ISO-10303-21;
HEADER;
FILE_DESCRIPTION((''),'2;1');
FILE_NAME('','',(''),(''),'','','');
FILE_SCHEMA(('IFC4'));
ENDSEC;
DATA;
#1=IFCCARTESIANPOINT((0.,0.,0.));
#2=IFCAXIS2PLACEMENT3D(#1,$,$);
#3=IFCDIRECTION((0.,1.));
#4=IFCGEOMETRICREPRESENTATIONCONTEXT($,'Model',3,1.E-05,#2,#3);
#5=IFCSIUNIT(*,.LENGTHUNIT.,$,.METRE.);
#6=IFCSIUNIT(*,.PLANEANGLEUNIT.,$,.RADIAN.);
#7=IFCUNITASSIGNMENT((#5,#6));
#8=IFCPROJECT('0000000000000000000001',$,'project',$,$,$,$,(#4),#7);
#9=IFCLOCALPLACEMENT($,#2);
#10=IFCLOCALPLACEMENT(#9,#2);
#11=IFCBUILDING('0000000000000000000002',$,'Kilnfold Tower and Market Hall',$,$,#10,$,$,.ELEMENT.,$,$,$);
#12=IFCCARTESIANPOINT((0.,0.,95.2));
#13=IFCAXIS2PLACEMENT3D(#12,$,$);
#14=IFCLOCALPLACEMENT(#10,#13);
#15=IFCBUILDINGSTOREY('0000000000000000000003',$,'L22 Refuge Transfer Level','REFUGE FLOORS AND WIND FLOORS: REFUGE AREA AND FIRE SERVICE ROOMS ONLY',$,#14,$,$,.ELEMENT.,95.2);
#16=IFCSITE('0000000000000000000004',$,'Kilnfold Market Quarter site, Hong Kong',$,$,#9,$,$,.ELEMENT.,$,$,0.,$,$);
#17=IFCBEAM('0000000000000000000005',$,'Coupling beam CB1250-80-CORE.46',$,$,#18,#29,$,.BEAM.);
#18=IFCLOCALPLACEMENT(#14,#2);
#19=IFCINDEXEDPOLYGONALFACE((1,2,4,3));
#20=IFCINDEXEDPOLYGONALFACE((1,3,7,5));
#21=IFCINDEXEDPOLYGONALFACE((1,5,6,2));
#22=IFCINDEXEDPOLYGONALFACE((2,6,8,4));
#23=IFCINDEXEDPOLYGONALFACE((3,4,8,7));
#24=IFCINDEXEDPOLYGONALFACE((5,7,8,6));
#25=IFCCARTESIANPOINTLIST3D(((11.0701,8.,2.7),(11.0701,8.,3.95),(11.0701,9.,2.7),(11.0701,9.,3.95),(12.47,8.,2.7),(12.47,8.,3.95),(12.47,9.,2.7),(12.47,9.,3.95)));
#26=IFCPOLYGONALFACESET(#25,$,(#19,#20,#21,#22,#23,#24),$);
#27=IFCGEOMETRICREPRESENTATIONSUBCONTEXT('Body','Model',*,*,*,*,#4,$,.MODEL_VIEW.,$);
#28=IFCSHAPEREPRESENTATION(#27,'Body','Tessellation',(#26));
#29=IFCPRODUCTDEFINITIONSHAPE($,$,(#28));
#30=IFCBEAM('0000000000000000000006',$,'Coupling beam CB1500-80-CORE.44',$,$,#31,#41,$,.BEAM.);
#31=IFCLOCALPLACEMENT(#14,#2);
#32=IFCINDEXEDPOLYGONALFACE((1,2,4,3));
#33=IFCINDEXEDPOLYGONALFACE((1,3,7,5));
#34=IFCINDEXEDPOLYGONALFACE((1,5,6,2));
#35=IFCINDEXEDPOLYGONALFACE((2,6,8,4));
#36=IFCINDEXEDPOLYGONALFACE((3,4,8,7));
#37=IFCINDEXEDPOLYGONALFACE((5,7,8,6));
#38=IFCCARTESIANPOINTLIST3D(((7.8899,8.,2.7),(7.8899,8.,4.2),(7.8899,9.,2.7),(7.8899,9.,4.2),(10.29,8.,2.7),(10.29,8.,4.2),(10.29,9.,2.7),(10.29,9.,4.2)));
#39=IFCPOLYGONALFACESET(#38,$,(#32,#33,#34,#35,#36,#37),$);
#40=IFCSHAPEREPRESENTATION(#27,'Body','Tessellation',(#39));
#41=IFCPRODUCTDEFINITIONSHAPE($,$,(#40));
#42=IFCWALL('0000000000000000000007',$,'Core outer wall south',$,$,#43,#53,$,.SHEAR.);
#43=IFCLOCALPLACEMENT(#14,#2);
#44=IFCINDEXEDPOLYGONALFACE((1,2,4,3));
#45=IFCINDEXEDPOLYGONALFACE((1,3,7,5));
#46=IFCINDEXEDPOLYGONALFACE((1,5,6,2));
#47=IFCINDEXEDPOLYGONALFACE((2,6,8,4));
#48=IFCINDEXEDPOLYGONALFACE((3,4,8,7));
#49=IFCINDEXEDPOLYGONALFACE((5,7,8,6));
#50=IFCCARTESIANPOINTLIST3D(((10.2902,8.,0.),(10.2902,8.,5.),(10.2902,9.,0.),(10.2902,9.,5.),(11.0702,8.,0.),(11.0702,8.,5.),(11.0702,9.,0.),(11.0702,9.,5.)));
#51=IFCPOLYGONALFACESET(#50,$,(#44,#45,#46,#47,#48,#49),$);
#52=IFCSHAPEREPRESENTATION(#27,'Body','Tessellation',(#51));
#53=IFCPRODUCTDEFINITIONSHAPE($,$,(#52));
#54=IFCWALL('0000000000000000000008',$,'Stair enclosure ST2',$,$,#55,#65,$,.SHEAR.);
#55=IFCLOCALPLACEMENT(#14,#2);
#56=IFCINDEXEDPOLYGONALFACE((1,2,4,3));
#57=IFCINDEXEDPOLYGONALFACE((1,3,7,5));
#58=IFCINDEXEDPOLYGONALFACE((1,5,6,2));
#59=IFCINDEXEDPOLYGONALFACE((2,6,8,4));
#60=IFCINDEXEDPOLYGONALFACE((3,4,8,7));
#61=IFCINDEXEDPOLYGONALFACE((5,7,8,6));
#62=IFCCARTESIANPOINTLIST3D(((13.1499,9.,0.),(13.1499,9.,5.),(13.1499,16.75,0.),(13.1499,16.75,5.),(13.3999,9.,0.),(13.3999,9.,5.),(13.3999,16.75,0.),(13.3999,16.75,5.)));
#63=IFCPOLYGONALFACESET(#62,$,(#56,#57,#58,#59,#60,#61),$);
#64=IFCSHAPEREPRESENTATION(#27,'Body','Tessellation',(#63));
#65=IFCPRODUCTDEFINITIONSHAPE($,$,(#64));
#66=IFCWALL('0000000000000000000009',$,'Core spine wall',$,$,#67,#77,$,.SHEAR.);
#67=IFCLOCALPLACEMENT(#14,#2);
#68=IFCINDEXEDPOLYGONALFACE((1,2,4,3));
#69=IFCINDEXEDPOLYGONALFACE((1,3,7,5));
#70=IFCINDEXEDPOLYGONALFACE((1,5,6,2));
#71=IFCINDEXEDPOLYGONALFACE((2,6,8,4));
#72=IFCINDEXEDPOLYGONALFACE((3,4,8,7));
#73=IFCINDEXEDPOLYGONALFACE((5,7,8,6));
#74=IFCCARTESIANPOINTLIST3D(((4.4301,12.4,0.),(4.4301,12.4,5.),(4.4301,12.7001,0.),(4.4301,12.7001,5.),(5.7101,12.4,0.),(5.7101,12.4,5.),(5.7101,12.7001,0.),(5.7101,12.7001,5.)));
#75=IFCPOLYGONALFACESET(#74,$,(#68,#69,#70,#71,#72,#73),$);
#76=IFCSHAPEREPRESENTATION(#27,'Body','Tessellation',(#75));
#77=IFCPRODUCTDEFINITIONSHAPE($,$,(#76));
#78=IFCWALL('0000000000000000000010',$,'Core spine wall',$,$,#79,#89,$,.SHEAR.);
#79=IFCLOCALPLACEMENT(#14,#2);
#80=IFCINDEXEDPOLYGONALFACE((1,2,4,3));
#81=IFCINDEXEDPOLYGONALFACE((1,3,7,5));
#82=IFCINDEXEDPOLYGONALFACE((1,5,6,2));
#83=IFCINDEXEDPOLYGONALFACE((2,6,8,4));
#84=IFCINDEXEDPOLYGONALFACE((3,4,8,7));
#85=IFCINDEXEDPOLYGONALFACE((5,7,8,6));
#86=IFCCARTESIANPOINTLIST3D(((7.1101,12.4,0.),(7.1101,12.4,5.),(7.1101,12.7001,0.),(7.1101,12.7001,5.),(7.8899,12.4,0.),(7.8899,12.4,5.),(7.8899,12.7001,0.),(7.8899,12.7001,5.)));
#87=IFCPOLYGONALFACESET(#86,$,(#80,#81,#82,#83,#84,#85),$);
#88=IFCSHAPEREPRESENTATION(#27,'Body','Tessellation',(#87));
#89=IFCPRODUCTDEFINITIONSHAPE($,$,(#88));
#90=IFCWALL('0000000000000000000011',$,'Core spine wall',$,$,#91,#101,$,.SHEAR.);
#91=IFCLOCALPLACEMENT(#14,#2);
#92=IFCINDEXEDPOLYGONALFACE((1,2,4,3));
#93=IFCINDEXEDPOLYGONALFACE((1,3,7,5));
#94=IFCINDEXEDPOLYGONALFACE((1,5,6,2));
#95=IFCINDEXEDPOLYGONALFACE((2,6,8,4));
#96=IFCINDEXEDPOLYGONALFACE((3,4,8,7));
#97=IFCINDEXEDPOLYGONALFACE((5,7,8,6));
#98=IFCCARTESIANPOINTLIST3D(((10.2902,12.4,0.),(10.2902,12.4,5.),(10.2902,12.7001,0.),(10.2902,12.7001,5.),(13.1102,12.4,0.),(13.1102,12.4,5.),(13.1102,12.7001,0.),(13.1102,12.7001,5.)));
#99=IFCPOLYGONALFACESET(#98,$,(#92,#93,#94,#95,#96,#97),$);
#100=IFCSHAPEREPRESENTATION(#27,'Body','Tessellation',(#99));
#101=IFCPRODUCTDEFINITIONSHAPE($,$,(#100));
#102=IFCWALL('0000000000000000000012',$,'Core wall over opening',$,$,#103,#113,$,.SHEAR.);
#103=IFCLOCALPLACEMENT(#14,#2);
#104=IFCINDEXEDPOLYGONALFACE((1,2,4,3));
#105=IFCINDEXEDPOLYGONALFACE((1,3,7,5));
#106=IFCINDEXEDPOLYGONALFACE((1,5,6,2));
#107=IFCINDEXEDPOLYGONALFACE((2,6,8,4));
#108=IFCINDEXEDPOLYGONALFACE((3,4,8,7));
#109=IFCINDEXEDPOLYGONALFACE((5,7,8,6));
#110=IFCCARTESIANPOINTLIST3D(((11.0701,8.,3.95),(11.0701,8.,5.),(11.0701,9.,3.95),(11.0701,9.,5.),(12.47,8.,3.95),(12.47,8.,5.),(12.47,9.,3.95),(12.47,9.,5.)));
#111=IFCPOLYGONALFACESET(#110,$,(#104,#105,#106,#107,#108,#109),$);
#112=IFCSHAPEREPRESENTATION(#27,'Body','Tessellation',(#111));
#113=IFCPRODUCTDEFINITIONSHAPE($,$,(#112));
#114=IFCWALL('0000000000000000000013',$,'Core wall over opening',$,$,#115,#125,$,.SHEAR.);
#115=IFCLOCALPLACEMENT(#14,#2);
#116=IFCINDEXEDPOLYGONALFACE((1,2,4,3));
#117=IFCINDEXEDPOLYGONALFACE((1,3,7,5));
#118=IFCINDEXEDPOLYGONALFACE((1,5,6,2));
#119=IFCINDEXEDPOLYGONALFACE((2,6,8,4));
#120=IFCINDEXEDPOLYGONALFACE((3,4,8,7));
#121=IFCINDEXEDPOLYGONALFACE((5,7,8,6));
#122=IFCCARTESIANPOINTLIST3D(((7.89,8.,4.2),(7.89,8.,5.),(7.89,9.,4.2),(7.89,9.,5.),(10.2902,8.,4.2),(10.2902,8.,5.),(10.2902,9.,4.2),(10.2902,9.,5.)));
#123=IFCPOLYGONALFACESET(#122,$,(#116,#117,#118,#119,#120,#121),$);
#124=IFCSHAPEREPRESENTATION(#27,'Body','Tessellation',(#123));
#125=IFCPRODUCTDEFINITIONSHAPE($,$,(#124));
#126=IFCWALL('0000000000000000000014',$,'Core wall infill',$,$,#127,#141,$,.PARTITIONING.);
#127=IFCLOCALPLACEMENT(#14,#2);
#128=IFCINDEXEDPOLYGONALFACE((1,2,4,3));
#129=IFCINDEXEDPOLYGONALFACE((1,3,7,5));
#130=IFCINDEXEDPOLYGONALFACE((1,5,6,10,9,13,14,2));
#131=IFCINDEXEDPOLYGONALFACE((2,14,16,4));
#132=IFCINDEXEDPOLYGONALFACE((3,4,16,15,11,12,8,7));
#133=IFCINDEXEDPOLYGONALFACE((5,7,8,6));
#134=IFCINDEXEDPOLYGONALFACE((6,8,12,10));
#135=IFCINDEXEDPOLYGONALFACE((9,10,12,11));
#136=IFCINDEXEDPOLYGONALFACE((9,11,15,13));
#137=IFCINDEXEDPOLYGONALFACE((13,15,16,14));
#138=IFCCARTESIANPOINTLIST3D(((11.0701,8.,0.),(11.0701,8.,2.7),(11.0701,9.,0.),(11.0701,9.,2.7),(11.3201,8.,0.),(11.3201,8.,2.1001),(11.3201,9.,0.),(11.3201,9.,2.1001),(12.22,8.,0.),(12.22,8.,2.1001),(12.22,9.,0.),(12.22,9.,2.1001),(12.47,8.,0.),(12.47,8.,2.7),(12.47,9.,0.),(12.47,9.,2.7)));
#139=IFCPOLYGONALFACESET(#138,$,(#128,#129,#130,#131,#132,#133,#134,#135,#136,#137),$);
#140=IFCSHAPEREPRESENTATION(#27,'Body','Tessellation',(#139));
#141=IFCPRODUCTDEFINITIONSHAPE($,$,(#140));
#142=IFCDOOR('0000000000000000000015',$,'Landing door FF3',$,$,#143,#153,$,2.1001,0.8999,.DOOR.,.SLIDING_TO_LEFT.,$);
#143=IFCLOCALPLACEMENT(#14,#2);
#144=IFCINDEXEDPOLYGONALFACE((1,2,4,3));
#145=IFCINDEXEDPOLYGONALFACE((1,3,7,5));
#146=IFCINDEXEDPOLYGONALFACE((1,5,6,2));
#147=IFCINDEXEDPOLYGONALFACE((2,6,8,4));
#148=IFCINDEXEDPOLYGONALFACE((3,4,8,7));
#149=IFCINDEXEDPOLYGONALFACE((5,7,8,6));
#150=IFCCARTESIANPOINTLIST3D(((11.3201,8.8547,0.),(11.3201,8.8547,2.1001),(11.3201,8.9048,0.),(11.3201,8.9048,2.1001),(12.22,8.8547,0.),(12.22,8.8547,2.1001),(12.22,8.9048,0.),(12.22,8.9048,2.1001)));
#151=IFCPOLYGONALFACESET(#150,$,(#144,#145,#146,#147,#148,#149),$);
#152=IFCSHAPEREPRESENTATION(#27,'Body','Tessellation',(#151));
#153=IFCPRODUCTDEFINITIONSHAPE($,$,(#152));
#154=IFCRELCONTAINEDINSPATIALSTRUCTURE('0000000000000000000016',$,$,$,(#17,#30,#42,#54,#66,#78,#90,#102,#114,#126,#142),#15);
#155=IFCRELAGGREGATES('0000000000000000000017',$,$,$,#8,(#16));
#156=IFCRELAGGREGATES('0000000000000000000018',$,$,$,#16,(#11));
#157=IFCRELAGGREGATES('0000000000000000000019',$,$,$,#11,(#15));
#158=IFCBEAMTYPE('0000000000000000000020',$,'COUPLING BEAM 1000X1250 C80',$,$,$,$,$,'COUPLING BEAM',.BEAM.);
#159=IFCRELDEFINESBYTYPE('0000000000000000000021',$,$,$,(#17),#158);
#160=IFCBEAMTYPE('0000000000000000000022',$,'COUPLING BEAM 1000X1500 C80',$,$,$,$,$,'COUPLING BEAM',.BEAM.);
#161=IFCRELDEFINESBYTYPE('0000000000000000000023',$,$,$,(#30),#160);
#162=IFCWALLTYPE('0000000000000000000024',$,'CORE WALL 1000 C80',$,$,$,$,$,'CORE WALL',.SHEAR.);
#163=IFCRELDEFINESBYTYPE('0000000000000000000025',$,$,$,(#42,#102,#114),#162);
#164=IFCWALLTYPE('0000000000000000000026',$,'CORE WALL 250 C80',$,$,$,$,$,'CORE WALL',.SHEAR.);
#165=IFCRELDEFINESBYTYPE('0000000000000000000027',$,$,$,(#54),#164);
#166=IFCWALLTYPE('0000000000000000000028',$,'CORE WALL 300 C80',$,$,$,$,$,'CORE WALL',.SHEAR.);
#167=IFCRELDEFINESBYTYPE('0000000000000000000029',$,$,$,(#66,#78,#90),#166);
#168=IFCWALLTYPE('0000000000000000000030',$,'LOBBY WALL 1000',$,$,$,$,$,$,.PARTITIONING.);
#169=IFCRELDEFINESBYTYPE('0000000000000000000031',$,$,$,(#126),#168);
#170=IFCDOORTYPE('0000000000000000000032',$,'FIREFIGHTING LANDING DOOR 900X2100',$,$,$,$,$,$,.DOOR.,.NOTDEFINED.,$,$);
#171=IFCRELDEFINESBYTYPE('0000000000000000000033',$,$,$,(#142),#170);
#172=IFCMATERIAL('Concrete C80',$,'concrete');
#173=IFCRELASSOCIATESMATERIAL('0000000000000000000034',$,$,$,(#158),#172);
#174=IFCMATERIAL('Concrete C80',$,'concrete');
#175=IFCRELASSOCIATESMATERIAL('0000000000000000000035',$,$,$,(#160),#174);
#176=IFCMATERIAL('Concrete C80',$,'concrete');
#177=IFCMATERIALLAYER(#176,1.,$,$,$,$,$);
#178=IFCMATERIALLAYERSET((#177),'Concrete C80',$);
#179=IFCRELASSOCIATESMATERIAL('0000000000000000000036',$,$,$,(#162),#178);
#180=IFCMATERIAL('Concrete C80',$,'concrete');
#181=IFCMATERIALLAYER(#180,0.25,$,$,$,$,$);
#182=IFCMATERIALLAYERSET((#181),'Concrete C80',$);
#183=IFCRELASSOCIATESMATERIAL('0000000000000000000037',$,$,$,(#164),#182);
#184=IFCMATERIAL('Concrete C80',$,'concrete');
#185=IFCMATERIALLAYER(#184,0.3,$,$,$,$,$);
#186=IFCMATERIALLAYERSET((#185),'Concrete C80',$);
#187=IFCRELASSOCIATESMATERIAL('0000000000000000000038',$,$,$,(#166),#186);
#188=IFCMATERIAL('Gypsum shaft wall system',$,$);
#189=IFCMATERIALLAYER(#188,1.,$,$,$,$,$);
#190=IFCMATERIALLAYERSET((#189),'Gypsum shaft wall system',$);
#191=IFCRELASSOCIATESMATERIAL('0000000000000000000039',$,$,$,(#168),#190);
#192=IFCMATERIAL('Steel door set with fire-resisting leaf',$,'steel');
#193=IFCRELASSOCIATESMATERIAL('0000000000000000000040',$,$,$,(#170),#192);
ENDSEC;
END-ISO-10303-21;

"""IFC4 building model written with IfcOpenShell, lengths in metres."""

from ifc_helpers import new_model, si_unit, direction, frame, frame_2d, origin, origin_2d, place, context, subcontext, project, spatial, rectangle, extrude, source, transform, mapped, material, layer, layer_set, material_profile, profile_set, type_object, element, fill, save


model = new_model("IFC4")

# Units and contexts
model_context = context("Model", 3, precision=1e-05, world=origin(), true_north=direction((0.0, 1.0)))
body_context = subcontext(model_context, "Body", "Model", "MODEL_VIEW")
ifc_project = project(units=[si_unit("LENGTHUNIT", "METRE"), si_unit("PLANEANGLEUNIT", "RADIAN")], contexts=[model_context])

# Site, building, storey
site_placement = place(None, origin())
site = spatial("IfcSite", under=ifc_project, at=site_placement, Name="Kilnfold Market Quarter site, Hong Kong", CompositionType="ELEMENT", RefElevation=0.0)
building_placement = place(site_placement, origin())
building = spatial("IfcBuilding", under=site, at=building_placement, Name="Kilnfold Tower and Market Hall", CompositionType="ELEMENT")
storey_placement = place(building_placement, frame((0.0, 0.0, 95.2)))
storey = spatial("IfcBuildingStorey", under=building, at=storey_placement, Name="L22 Refuge Transfer Level", Description="REFUGE FLOORS AND WIND FLOORS: REFUGE AREA AND FIRE SERVICE ROOMS ONLY", CompositionType="ELEMENT", Elevation=95.2)

# Beams
ifc_material_1 = material(Name="Concrete C80", Category="concrete")
ifc_material_profile_1 = material_profile(ifc_material_1, rectangle(XDim=1.0, YDim=1.25, at=origin_2d()), Name="RC 1000x1250")
ifc_profile_set_1 = profile_set([ifc_material_profile_1], Name="Concrete C80")
beam_type_1 = type_object("IfcBeamType", Name="COUPLING BEAM 1000X1250 C80", ElementType="COUPLING BEAM", PredefinedType="BEAM", material=ifc_profile_set_1)
shared_shape_1 = source(origin(), body_context, "Body", "SweptSolid", [
    extrude(rectangle(XDim=1.0, YDim=1.25, at=origin_2d()), origin(), (0.0, 0.0, 1.0), 1.3999),
])
beam_1_placement = place(storey_placement, frame((11.0701, 8.5, 3.325), z_axis=(1.0, 0.0, 0.0), x_axis=(0.0, 1.0, 0.0)))
element("IfcBeam", 1, at=beam_1_placement, inside=storey, type_object=beam_type_1, Name="Coupling beam CB1250-80-CORE.46", PredefinedType="BEAM", context=body_context, shape_type="MappedRepresentation", body=[
    mapped(shared_shape_1, transform((0.0, 0.0, 0.0))),
])
ifc_material_2 = material(Name="Concrete C80", Category="concrete")
ifc_material_profile_2 = material_profile(ifc_material_2, rectangle(XDim=1.0, YDim=1.5, at=origin_2d()), Name="RC 1000x1500")
ifc_profile_set_2 = profile_set([ifc_material_profile_2], Name="Concrete C80")
beam_type_2 = type_object("IfcBeamType", Name="COUPLING BEAM 1000X1500 C80", ElementType="COUPLING BEAM", PredefinedType="BEAM", material=ifc_profile_set_2)
shared_shape_2 = source(origin(), body_context, "Body", "SweptSolid", [
    extrude(rectangle(XDim=1.0, YDim=1.5, at=origin_2d()), origin(), (0.0, 0.0, 1.0), 2.4001),
])
beam_2_placement = place(storey_placement, frame((7.8899, 8.5, 3.45), z_axis=(1.0, 0.0, 0.0), x_axis=(0.0, 1.0, 0.0)))
element("IfcBeam", 2, at=beam_2_placement, inside=storey, type_object=beam_type_2, Name="Coupling beam CB1500-80-CORE.44", PredefinedType="BEAM", context=body_context, shape_type="MappedRepresentation", body=[
    mapped(shared_shape_2, transform((0.0, 0.0, 0.0))),
])

# Wall
ifc_material_3 = material(Name="Concrete C80", Category="concrete")
ifc_layer_1 = layer(ifc_material_3, 1.0)
ifc_layer_set_1 = layer_set([ifc_layer_1], Name="Concrete C80")
wall_type_1 = type_object("IfcWallType", Name="CORE WALL 1000 C80", ElementType="CORE WALL", PredefinedType="SHEAR", material=ifc_layer_set_1)
shared_shape_3 = source(origin(), body_context, "Body", "SweptSolid", [
    extrude(rectangle(XDim=0.78, YDim=1.0, at=frame_2d((0.3901, 0.0))), origin(), (0.0, 0.0, 1.0), 5.0),
])
wall_1_placement = place(storey_placement, frame((10.29, 8.5, 0.0), z_axis=(0.0, 0.0, 1.0), x_axis=(1.0, 0.0, 0.0)))
element("IfcWall", 3, at=wall_1_placement, inside=storey, type_object=wall_type_1, Name="Core outer wall south", PredefinedType="SHEAR", context=body_context, shape_type="MappedRepresentation", body=[
    mapped(shared_shape_3, transform((0.0, 0.0, 0.0))),
])

# Walls
ifc_material_4 = material(Name="Concrete C80", Category="concrete")
ifc_layer_2 = layer(ifc_material_4, 0.25)
ifc_layer_set_2 = layer_set([ifc_layer_2], Name="Concrete C80")
wall_type_2 = type_object("IfcWallType", Name="CORE WALL 250 C80", ElementType="CORE WALL", PredefinedType="SHEAR", material=ifc_layer_set_2)
shared_shape_4 = source(origin(), body_context, "Body", "SweptSolid", [
    extrude(rectangle(XDim=7.75, YDim=0.25, at=frame_2d((3.875, 0.0))), origin(), (0.0, 0.0, 1.0), 5.0),
])
wall_2_placement = place(storey_placement, frame((13.2749, 9.0, 0.0), z_axis=(0.0, 0.0, 1.0), x_axis=(0.0, 1.0, 0.0)))
element("IfcWall", 4, at=wall_2_placement, inside=storey, type_object=wall_type_2, Name="Stair enclosure ST2", PredefinedType="SHEAR", context=body_context, shape_type="MappedRepresentation", body=[
    mapped(shared_shape_4, transform((0.0, 0.0, 0.0))),
])
ifc_material_5 = material(Name="Concrete C80", Category="concrete")
ifc_layer_3 = layer(ifc_material_5, 0.3)
ifc_layer_set_3 = layer_set([ifc_layer_3], Name="Concrete C80")
wall_type_3 = type_object("IfcWallType", Name="CORE WALL 300 C80", ElementType="CORE WALL", PredefinedType="SHEAR", material=ifc_layer_set_3)
shared_shape_5 = source(origin(), body_context, "Body", "SweptSolid", [
    extrude(rectangle(XDim=1.28, YDim=0.3, at=frame_2d((0.6401, 0.0))), origin(), (0.0, 0.0, 1.0), 5.0),
])
wall_3_placement = place(storey_placement, frame((4.4299, 12.55, 0.0), z_axis=(0.0, 0.0, 1.0), x_axis=(1.0, 0.0, 0.0)))
element("IfcWall", 5, at=wall_3_placement, inside=storey, type_object=wall_type_3, Name="Core spine wall", PredefinedType="SHEAR", context=body_context, shape_type="MappedRepresentation", body=[
    mapped(shared_shape_5, transform((0.0, 0.0, 0.0))),
])
shared_shape_6 = source(origin(), body_context, "Body", "SweptSolid", [
    extrude(rectangle(XDim=0.7798, YDim=0.3, at=frame_2d((0.3899, 0.0))), origin(), (0.0, 0.0, 1.0), 5.0),
])
wall_4_placement = place(storey_placement, frame((7.1101, 12.55, 0.0), z_axis=(0.0, 0.0, 1.0), x_axis=(1.0, 0.0, 0.0)))
element("IfcWall", 6, at=wall_4_placement, inside=storey, type_object=wall_type_3, Name="Core spine wall", PredefinedType="SHEAR", context=body_context, shape_type="MappedRepresentation", body=[
    mapped(shared_shape_6, transform((0.0, 0.0, 0.0))),
])
shared_shape_7 = source(origin(), body_context, "Body", "SweptSolid", [
    extrude(rectangle(XDim=2.8201, YDim=0.3, at=frame_2d((1.4102, 0.0))), origin(), (0.0, 0.0, 1.0), 5.0),
])
wall_5_placement = place(storey_placement, frame((10.29, 12.55, 0.0), z_axis=(0.0, 0.0, 1.0), x_axis=(1.0, 0.0, 0.0)))
element("IfcWall", 7, at=wall_5_placement, inside=storey, type_object=wall_type_3, Name="Core spine wall", PredefinedType="SHEAR", context=body_context, shape_type="MappedRepresentation", body=[
    mapped(shared_shape_7, transform((0.0, 0.0, 0.0))),
])
shared_shape_8 = source(origin(), body_context, "Body", "SweptSolid", [
    extrude(rectangle(XDim=1.3999, YDim=1.0, at=frame_2d((0.7, 0.0))), origin(), (0.0, 0.0, 1.0), 1.05),
])
wall_6_placement = place(storey_placement, frame((11.0701, 8.5, 3.95), z_axis=(0.0, 0.0, 1.0), x_axis=(1.0, 0.0, 0.0)))
element("IfcWall", 8, at=wall_6_placement, inside=storey, type_object=wall_type_1, Name="Core wall over opening", PredefinedType="SHEAR", context=body_context, shape_type="MappedRepresentation", body=[
    mapped(shared_shape_8, transform((0.0, 0.0, 0.0))),
])
shared_shape_9 = source(origin(), body_context, "Body", "SweptSolid", [
    extrude(rectangle(XDim=2.4001, YDim=1.0, at=frame_2d((1.2002, 0.0))), origin(), (0.0, 0.0, 1.0), 0.8),
])
wall_7_placement = place(storey_placement, frame((7.8899, 8.5, 4.2), z_axis=(0.0, 0.0, 1.0), x_axis=(1.0, 0.0, 0.0)))
element("IfcWall", 9, at=wall_7_placement, inside=storey, type_object=wall_type_1, Name="Core wall over opening", PredefinedType="SHEAR", context=body_context, shape_type="MappedRepresentation", body=[
    mapped(shared_shape_9, transform((0.0, 0.0, 0.0))),
])

# Wall, opening, door
ifc_material_6 = material(Name="Gypsum shaft wall system")
ifc_layer_4 = layer(ifc_material_6, 1.0)
ifc_layer_set_4 = layer_set([ifc_layer_4], Name="Gypsum shaft wall system")
wall_type_4 = type_object("IfcWallType", Name="LOBBY WALL 1000", PredefinedType="PARTITIONING", material=ifc_layer_set_4)
shared_shape_10 = source(origin(), body_context, "Body", "SweptSolid", [
    extrude(rectangle(XDim=1.3999, YDim=1.0, at=frame_2d((0.7, 0.0))), origin(), (0.0, 0.0, 1.0), 2.7),
])
wall_8_placement = place(storey_placement, frame((11.0701, 8.5, 0.0), z_axis=(0.0, 0.0, 1.0), x_axis=(1.0, 0.0, 0.0)))
wall_8 = element("IfcWall", 10, at=wall_8_placement, inside=storey, type_object=wall_type_4, Name="Core wall infill", PredefinedType="PARTITIONING", context=body_context, shape_type="MappedRepresentation", body=[
    mapped(shared_shape_10, transform((0.0, 0.0, 0.0))),
])
opening_1_placement = place(wall_8_placement, frame((0.25, 0.0, 0.0)))
opening_1 = element("IfcOpeningElement", 11, at=opening_1_placement, cuts=wall_8, PredefinedType="OPENING", context=body_context, shape_type="SweptSolid", body=[
    extrude(rectangle(XDim=0.8999, YDim=2.1001, at=frame_2d((0.45, 1.05))), frame((0.0, 0.51, 0.0), z_axis=(0.0, -1.0, 0.0), x_axis=(1.0, 0.0, 0.0)), (0.0, 0.0, 1.0), 1.02),
])
ifc_material_7 = material(Name="Steel door set with fire-resisting leaf", Category="steel")
door_type_1 = type_object("IfcDoorType", Name="FIREFIGHTING LANDING DOOR 900X2100", OperationType="NOTDEFINED", PredefinedType="DOOR", material=ifc_material_7)
door_1_placement = place(opening_1_placement, origin())
door_1 = element("IfcDoor", 12, at=door_1_placement, inside=storey, type_object=door_type_1, Name="Landing door FF3", OperationType="SLIDING_TO_LEFT", OverallHeight=2.1001, OverallWidth=0.8999, PredefinedType="DOOR", context=body_context, shape_type="SweptSolid", body=[
    extrude(rectangle(XDim=0.8999, YDim=2.1001, at=frame_2d((0.45, 1.05))), frame((0.0, 0.4048, 0.0), z_axis=(0.0, -1.0, 0.0), x_axis=(1.0, 0.0, 0.0)), (0.0, 0.0, 1.0), 0.05),
])
fill(opening_1, door_1)

save(model, "model.ifc")
